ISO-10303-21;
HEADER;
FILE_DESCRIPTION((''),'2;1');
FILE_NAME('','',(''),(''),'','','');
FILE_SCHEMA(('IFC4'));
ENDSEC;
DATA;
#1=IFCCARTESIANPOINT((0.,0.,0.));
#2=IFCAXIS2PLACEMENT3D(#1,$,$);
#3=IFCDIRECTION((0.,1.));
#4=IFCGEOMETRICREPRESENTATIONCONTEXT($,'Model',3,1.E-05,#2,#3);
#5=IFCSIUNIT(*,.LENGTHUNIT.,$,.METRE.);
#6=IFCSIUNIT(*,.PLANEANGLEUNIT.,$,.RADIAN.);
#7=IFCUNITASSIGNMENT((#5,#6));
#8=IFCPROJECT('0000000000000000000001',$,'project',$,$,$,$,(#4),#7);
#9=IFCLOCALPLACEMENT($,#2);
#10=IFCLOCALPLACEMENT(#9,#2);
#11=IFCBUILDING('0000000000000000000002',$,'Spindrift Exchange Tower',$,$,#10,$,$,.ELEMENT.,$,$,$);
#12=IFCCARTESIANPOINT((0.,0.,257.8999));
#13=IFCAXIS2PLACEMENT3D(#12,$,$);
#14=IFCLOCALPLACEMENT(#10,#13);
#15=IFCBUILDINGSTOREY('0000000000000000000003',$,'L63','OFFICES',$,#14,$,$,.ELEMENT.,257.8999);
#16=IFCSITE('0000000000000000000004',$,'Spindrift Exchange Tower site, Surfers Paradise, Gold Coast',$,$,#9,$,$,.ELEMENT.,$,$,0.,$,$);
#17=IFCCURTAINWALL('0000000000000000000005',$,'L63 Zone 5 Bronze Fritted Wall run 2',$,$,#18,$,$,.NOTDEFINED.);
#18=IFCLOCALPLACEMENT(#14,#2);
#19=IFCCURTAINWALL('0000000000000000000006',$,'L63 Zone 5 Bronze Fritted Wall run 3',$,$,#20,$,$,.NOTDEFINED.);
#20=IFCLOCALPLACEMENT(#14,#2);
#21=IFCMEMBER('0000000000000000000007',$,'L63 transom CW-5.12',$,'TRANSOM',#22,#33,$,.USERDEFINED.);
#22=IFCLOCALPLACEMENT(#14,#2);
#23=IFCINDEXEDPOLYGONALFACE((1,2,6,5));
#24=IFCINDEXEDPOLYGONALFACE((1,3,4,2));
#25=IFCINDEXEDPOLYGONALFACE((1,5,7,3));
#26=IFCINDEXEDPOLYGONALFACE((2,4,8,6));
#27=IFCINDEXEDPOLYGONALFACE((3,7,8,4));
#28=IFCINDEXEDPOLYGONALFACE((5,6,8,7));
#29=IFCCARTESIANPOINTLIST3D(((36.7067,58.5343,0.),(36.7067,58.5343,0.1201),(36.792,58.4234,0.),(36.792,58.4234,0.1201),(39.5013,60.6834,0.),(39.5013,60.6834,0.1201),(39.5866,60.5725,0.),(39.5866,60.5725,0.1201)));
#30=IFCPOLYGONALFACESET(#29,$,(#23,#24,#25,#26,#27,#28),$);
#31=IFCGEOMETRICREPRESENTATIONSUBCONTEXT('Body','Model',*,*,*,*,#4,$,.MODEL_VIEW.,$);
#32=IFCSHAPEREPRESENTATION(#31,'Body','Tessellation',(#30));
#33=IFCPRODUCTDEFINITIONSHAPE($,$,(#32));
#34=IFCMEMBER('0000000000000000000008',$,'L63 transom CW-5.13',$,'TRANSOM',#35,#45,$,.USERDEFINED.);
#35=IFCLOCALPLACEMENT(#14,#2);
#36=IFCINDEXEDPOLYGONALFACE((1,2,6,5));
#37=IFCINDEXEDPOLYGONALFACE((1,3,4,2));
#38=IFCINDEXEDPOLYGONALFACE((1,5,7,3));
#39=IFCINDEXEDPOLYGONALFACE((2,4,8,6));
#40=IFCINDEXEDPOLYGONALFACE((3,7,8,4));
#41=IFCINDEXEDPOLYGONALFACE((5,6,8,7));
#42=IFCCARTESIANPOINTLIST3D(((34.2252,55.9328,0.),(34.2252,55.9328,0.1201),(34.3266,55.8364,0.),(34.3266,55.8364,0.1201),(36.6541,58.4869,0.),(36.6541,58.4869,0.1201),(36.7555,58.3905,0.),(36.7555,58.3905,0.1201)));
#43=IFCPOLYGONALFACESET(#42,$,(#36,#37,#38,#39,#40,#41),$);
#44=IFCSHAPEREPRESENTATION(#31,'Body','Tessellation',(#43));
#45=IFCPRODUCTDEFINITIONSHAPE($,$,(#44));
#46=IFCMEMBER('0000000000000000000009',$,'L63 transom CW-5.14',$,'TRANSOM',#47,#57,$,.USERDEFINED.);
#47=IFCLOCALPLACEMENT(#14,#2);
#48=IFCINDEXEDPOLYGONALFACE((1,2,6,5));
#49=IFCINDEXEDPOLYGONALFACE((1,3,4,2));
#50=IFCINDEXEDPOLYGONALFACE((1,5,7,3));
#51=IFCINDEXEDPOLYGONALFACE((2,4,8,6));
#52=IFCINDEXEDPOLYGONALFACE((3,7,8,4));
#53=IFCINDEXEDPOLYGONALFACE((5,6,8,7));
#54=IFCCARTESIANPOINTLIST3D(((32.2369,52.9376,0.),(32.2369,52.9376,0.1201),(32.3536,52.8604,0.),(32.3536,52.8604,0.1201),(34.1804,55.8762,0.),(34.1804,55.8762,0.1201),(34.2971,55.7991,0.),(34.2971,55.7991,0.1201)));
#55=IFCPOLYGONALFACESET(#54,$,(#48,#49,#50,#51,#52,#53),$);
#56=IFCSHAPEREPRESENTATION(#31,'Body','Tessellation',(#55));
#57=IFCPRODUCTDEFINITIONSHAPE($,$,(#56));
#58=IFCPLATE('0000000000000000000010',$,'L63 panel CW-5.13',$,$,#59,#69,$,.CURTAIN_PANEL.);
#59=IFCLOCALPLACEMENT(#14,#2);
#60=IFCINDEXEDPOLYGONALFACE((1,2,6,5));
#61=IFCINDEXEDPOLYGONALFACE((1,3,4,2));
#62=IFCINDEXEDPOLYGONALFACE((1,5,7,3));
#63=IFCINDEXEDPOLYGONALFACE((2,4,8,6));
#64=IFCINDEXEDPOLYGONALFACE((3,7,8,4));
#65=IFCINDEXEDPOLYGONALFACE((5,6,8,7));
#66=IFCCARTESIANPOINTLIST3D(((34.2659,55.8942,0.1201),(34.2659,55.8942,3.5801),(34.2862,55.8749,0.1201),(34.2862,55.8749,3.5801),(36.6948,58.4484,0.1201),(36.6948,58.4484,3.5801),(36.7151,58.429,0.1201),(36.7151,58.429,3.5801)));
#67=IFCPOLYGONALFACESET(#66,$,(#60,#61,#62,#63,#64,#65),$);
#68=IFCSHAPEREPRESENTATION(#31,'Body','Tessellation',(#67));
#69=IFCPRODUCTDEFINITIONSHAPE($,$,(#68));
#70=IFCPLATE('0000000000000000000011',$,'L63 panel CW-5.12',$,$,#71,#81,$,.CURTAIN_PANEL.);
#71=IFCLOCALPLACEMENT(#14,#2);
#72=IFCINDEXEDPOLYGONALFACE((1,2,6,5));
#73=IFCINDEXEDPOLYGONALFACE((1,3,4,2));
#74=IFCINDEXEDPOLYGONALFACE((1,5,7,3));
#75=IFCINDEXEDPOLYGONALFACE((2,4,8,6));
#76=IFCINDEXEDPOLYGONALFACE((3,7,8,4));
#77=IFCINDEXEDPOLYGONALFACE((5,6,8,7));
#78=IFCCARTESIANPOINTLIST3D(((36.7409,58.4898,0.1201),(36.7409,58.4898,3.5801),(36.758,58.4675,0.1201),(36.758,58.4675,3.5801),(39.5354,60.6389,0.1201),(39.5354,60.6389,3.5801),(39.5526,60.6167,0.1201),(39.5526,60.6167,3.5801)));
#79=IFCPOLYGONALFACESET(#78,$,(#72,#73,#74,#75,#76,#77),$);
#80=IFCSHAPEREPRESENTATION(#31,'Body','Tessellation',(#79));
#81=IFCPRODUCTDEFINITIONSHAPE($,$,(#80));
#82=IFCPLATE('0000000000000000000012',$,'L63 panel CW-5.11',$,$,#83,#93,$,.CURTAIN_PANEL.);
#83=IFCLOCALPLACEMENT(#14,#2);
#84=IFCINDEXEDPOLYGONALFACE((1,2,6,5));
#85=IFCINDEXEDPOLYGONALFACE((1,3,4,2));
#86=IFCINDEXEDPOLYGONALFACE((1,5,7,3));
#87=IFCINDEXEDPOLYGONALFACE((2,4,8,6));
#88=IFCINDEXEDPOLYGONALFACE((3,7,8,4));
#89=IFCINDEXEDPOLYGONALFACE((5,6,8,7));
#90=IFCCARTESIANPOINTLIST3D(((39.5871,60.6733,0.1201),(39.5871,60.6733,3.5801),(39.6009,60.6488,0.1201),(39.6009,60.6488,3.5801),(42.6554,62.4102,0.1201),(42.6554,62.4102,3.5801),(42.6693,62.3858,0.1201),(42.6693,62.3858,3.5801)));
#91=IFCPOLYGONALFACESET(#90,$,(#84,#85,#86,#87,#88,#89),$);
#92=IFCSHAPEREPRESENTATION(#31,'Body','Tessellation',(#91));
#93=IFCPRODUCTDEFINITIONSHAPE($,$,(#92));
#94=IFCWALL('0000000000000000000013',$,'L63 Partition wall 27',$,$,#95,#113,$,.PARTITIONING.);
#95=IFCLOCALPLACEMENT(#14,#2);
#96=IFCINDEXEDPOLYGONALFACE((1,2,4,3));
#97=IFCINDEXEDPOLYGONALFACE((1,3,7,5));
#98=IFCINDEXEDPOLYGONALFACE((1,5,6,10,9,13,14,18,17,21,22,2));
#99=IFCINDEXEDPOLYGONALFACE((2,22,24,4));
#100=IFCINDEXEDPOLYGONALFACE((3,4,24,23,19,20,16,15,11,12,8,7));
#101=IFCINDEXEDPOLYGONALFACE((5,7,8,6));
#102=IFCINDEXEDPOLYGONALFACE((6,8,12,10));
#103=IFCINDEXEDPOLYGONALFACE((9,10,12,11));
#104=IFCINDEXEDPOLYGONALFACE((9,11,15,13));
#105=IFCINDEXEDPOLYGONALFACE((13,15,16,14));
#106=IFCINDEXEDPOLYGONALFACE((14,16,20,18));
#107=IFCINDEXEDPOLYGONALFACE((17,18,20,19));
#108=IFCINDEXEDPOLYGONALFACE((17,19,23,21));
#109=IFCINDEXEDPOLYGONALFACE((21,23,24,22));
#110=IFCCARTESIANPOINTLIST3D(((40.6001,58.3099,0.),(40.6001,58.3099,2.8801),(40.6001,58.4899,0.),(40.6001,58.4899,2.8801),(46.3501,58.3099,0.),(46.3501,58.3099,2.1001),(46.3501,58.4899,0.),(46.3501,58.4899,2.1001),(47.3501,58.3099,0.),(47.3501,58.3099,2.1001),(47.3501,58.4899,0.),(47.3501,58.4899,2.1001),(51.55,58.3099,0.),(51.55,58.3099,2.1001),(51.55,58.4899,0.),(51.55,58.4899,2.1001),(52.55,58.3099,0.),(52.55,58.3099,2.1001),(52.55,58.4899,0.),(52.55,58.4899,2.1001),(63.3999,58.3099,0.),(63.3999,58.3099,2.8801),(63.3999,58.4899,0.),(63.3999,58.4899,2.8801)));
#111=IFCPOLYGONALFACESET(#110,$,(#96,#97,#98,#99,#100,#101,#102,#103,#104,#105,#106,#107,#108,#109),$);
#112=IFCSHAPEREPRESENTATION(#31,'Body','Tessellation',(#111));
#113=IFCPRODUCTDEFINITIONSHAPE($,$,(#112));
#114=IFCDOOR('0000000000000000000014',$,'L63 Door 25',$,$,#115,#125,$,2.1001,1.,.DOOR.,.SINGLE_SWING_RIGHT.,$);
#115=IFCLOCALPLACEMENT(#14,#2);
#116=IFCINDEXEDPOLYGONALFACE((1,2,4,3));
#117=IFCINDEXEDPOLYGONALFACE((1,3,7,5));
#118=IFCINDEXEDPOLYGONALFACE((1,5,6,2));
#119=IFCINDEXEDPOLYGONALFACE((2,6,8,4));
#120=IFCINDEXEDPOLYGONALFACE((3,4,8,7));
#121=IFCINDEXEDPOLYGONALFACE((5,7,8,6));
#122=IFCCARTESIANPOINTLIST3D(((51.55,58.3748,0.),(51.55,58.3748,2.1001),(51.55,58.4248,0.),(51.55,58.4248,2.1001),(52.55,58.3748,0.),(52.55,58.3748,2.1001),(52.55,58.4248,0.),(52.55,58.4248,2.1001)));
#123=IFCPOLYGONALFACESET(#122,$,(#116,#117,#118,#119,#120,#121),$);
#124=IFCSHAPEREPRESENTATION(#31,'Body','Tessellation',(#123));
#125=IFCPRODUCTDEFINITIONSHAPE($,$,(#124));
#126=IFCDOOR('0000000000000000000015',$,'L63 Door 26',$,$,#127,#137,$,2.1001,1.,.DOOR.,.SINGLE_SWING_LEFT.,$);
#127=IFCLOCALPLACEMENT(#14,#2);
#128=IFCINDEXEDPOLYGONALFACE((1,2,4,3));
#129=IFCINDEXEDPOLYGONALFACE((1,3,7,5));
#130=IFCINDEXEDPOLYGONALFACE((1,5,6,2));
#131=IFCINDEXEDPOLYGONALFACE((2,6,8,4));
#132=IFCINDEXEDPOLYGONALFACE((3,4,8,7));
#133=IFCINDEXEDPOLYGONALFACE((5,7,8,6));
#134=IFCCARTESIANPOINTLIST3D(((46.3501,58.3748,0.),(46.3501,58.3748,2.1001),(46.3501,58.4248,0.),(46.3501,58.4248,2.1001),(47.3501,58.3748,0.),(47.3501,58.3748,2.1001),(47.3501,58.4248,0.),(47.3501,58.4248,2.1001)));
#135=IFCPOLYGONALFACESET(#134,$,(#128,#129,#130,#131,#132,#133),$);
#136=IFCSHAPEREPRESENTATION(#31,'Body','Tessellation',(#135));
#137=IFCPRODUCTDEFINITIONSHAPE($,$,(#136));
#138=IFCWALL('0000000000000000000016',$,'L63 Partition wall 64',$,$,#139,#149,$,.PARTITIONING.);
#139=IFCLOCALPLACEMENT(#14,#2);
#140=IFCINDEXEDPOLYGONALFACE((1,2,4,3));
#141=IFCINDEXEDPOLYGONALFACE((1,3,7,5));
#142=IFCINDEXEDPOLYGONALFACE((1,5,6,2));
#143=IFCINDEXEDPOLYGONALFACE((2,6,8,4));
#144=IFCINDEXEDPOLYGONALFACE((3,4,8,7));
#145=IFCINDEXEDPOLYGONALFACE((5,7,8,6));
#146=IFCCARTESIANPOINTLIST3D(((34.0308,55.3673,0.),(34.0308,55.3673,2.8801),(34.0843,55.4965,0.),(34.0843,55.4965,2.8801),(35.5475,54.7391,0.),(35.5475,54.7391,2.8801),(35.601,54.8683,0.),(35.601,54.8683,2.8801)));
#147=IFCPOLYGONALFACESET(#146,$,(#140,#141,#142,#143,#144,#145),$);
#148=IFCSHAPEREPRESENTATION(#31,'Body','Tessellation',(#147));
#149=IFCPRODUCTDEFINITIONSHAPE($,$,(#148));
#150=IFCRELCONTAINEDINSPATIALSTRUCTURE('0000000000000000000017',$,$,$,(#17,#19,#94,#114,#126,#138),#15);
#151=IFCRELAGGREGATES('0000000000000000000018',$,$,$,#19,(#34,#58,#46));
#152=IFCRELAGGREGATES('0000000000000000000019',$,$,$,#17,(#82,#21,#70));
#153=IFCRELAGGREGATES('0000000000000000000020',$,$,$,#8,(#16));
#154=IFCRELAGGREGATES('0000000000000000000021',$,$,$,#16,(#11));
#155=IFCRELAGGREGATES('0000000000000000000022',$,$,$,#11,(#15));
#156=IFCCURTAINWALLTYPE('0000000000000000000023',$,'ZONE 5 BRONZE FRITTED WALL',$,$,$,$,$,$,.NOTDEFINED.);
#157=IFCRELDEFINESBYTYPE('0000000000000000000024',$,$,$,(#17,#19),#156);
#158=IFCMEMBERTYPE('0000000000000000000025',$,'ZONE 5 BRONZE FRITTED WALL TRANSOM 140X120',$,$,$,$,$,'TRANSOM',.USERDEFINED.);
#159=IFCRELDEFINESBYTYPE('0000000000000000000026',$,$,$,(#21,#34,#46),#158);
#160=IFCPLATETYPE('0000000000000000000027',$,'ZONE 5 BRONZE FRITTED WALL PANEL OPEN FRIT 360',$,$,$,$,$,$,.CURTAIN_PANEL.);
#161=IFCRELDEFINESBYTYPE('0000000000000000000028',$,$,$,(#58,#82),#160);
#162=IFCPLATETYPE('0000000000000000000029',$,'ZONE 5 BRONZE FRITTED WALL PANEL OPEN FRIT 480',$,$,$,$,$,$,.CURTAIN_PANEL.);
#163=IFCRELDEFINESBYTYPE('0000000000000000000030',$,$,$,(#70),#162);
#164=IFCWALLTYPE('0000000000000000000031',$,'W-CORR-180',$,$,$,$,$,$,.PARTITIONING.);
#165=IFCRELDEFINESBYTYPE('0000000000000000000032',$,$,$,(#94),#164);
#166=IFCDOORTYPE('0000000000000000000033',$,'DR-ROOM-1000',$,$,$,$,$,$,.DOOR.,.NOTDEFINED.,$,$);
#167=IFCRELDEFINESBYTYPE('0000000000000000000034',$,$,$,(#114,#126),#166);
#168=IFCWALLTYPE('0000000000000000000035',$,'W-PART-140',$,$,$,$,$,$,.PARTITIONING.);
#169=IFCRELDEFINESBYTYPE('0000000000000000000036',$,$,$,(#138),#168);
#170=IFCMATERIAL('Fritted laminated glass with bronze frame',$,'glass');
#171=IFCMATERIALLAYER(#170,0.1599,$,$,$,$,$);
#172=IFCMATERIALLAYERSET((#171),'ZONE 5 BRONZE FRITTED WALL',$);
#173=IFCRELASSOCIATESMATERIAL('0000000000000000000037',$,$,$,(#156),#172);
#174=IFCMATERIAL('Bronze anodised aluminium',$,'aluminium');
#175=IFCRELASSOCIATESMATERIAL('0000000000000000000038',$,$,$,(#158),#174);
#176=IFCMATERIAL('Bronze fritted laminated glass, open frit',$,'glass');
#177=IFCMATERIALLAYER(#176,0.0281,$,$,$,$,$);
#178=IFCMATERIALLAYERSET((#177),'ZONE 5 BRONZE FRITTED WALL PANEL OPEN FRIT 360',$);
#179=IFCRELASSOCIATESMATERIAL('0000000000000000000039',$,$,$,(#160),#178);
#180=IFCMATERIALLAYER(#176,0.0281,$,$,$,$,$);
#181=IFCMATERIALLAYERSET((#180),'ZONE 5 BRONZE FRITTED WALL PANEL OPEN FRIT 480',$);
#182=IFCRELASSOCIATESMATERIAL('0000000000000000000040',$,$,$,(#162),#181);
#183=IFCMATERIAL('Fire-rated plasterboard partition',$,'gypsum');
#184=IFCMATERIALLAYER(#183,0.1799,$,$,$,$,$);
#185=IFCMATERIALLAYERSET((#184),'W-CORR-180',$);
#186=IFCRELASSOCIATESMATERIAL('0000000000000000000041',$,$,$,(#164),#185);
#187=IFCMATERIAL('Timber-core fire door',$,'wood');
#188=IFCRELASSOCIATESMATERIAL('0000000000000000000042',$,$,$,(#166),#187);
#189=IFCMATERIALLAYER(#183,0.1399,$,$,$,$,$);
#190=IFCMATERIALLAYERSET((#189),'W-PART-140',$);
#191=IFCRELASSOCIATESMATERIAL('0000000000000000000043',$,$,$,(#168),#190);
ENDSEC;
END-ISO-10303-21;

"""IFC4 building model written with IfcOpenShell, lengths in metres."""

from ifc_helpers import new_model, si_unit, direction, frame, frame_2d, origin, origin_2d, place, context, subcontext, project, spatial, rectangle, extrude, source, transform, mapped, material, layer, layer_set, material_profile, profile_set, type_object, element, fill, aggregate, save


model = new_model("IFC4")

# Units and contexts
model_context = context("Model", 3, precision=1e-05, world=origin(), true_north=direction((0.0, 1.0)))
body_context = subcontext(model_context, "Body", "Model", "MODEL_VIEW")
ifc_project = project(units=[si_unit("LENGTHUNIT", "METRE"), si_unit("PLANEANGLEUNIT", "RADIAN")], contexts=[model_context])

# Site, building, storey
site_placement = place(None, origin())
site = spatial("IfcSite", under=ifc_project, at=site_placement, Name="Spindrift Exchange Tower site, Surfers Paradise, Gold Coast", CompositionType="ELEMENT", RefElevation=0.0)
building_placement = place(site_placement, origin())
building = spatial("IfcBuilding", under=site, at=building_placement, Name="Spindrift Exchange Tower", CompositionType="ELEMENT")
storey_placement = place(building_placement, frame((0.0, 0.0, 257.8999)))
storey = spatial("IfcBuildingStorey", under=building, at=storey_placement, Name="L63", Description="OFFICES", CompositionType="ELEMENT", Elevation=257.8999)

# Curtain wall
ifc_material_1 = material(Name="Fritted laminated glass with bronze frame", Category="glass")
ifc_layer_1 = layer(ifc_material_1, 0.1599)
ifc_layer_set_1 = layer_set([ifc_layer_1], Name="ZONE 5 BRONZE FRITTED WALL")
curtain_wall_type = type_object("IfcCurtainWallType", Name="ZONE 5 BRONZE FRITTED WALL", PredefinedType="NOTDEFINED", material=ifc_layer_set_1)
curtain_wall_1_placement = place(storey_placement, origin())
curtain_wall_1 = element("IfcCurtainWall", 1, at=curtain_wall_1_placement, inside=storey, type_object=curtain_wall_type, Name="L63 Zone 5 Bronze Fritted Wall run 2", PredefinedType="NOTDEFINED")
ifc_material_2 = material(Name="Bronze anodised aluminium", Category="aluminium")

# Curtain wall
curtain_wall_2_placement = place(storey_placement, origin())
curtain_wall_2 = element("IfcCurtainWall", 2, at=curtain_wall_2_placement, inside=storey, type_object=curtain_wall_type, Name="L63 Zone 5 Bronze Fritted Wall run 3", PredefinedType="NOTDEFINED")

# Members
ifc_material_profile_1 = material_profile(ifc_material_2, rectangle(XDim=0.1399, YDim=0.1201, at=origin_2d()), Name="ZONE 5 BRONZE FRITTED WALL TRANSOM 140X120")
ifc_profile_set_1 = profile_set([ifc_material_profile_1], Name="Bronze anodised aluminium")
member_type_1 = type_object("IfcMemberType", Name="ZONE 5 BRONZE FRITTED WALL TRANSOM 140X120", ElementType="TRANSOM", PredefinedType="USERDEFINED", material=ifc_profile_set_1)
shared_shape_1 = source(origin(), body_context, "Body", "SweptSolid", [
    extrude(rectangle(XDim=0.1399, YDim=0.1201, at=origin_2d()), origin(), (0.0, 0.0, 1.0), 3.5254),
])
member_1_placement = place(storey_placement, frame((39.5439, 60.6279, 0.0601), z_axis=(-0.792704, -0.609607, 0.0), x_axis=(0.609607, -0.792704, 0.0)))
member_1 = element("IfcMember", 3, at=member_1_placement, type_object=member_type_1, Name="L63 transom CW-5.12", ObjectType="TRANSOM", PredefinedType="USERDEFINED", context=body_context, shape_type="MappedRepresentation", body=[
    mapped(shared_shape_1, transform((0.0, 0.0, 0.0), scale=1.0)),
])
shared_shape_2 = source(origin(), body_context, "Body", "SweptSolid", [
    extrude(rectangle(XDim=0.1399, YDim=0.1201, at=origin_2d()), origin(), (0.0, 0.0, 1.0), 3.5247),
])
member_2_placement = place(storey_placement, frame((36.7048, 58.4387, 0.0601), z_axis=(-0.689117, -0.72465, 0.0), x_axis=(0.72465, -0.689117, 0.0)))
member_2 = element("IfcMember", 4, at=member_2_placement, type_object=member_type_1, Name="L63 transom CW-5.13", ObjectType="TRANSOM", PredefinedType="USERDEFINED", context=body_context, shape_type="MappedRepresentation", body=[
    mapped(shared_shape_2, transform((0.0, 0.0, 0.0), scale=1.0)),
])
shared_shape_3 = source(origin(), body_context, "Body", "SweptSolid", [
    extrude(rectangle(XDim=0.1399, YDim=0.1201, at=origin_2d()), origin(), (0.0, 0.0, 1.0), 3.5232),
])
member_3_placement = place(storey_placement, frame((34.2388, 55.8376, 0.0601), z_axis=(-0.551642, -0.834081, 0.0), x_axis=(0.834081, -0.551642, 0.0)))
member_3 = element("IfcMember", 5, at=member_3_placement, type_object=member_type_1, Name="L63 transom CW-5.14", ObjectType="TRANSOM", PredefinedType="USERDEFINED", context=body_context, shape_type="MappedRepresentation", body=[
    mapped(shared_shape_3, transform((0.0, 0.0, 0.0), scale=1.0)),
])

# Plates
ifc_material_3 = material(Name="Bronze fritted laminated glass, open frit", Category="glass")
ifc_layer_2 = layer(ifc_material_3, 0.0281)
ifc_layer_set_2 = layer_set([ifc_layer_2], Name="ZONE 5 BRONZE FRITTED WALL PANEL OPEN FRIT 360")
plate_type_1 = type_object("IfcPlateType", Name="ZONE 5 BRONZE FRITTED WALL PANEL OPEN FRIT 360", PredefinedType="CURTAIN_PANEL", material=ifc_layer_set_2)
shared_shape_4 = source(origin(), body_context, "Body", "SweptSolid", [
    extrude(rectangle(XDim=3.5247, YDim=0.0281, at=origin_2d()), origin(), (0.0, 0.0, 1.0), 3.46),
])
plate_1_placement = place(storey_placement, frame((35.4905, 57.1616, 0.1201), z_axis=(0.0, 0.0, 1.0), x_axis=(-0.689114, -0.724653, 0.0)))
plate_1 = element("IfcPlate", 6, at=plate_1_placement, type_object=plate_type_1, Name="L63 panel CW-5.13", PredefinedType="CURTAIN_PANEL", context=body_context, shape_type="MappedRepresentation", body=[
    mapped(shared_shape_4, transform((0.0, 0.0, 0.0), scale=1.0)),
])
aggregate(curtain_wall_2, [member_2, plate_1, member_3])
ifc_layer_3 = layer(ifc_material_3, 0.0281)
ifc_layer_set_3 = layer_set([ifc_layer_3], Name="ZONE 5 BRONZE FRITTED WALL PANEL OPEN FRIT 480")
plate_type_2 = type_object("IfcPlateType", Name="ZONE 5 BRONZE FRITTED WALL PANEL OPEN FRIT 480", PredefinedType="CURTAIN_PANEL", material=ifc_layer_set_3)
shared_shape_5 = source(origin(), body_context, "Body", "SweptSolid", [
    extrude(rectangle(XDim=3.5254, YDim=0.0281, at=origin_2d()), origin(), (0.0, 0.0, 1.0), 3.46),
])
plate_2_placement = place(storey_placement, frame((38.1467, 59.5532, 0.1201), z_axis=(0.0, 0.0, 1.0), x_axis=(-0.792692, -0.609622, 0.0)))
plate_2 = element("IfcPlate", 7, at=plate_2_placement, type_object=plate_type_2, Name="L63 panel CW-5.12", PredefinedType="CURTAIN_PANEL", context=body_context, shape_type="MappedRepresentation", body=[
    mapped(shared_shape_5, transform((0.0, 0.0, 0.0), scale=1.0)),
])
shared_shape_6 = source(origin(), body_context, "Body", "SweptSolid", [
    extrude(rectangle(XDim=3.5259, YDim=0.0281, at=origin_2d()), origin(), (0.0, 0.0, 1.0), 3.46),
])
plate_3_placement = place(storey_placement, frame((41.1282, 61.5295, 0.1201), z_axis=(0.0, 0.0, 1.0), x_axis=(-0.870237, -0.492633, 0.0)))
plate_3 = element("IfcPlate", 8, at=plate_3_placement, type_object=plate_type_1, Name="L63 panel CW-5.11", PredefinedType="CURTAIN_PANEL", context=body_context, shape_type="MappedRepresentation", body=[
    mapped(shared_shape_6, transform((0.0, 0.0, 0.0), scale=1.0)),
])
aggregate(curtain_wall_1, [plate_3, member_1, plate_2])

# Wall, openings, doors
ifc_material_4 = material(Name="Fire-rated plasterboard partition", Category="gypsum")
ifc_layer_4 = layer(ifc_material_4, 0.1799)
ifc_layer_set_4 = layer_set([ifc_layer_4], Name="W-CORR-180")
wall_type_1 = type_object("IfcWallType", Name="W-CORR-180", PredefinedType="PARTITIONING", material=ifc_layer_set_4)
wall_1_placement = place(storey_placement, frame((40.6001, 58.3999, 0.0), z_axis=(0.0, 0.0, 1.0), x_axis=(1.0, 0.0, 0.0)))
wall_1 = element("IfcWall", 9, at=wall_1_placement, inside=storey, type_object=wall_type_1, Name="L63 Partition wall 27", PredefinedType="PARTITIONING", context=body_context, shape_type="SweptSolid", body=[
    extrude(rectangle(XDim=22.7998, YDim=0.1799, at=frame_2d((11.3999, 0.0))), origin(), (0.0, 0.0, 1.0), 2.8801),
])
opening_1_placement = place(wall_1_placement, frame((10.95, 0.0, 0.0)))
opening_1 = element("IfcOpeningElement", 10, at=opening_1_placement, cuts=wall_1, PredefinedType="OPENING", context=body_context, shape_type="SweptSolid", body=[
    extrude(rectangle(XDim=1.0, YDim=2.1001, at=frame_2d((0.5, 1.05))), frame((0.0, 0.0999, 0.0), z_axis=(0.0, -1.0, 0.0), x_axis=(1.0, 0.0, 0.0)), (0.0, 0.0, 1.0), 0.2),
])
opening_2_placement = place(wall_1_placement, frame((5.75, 0.0, 0.0)))
opening_2 = element("IfcOpeningElement", 11, at=opening_2_placement, cuts=wall_1, PredefinedType="OPENING", context=body_context, shape_type="SweptSolid", body=[
    extrude(rectangle(XDim=1.0, YDim=2.1001, at=frame_2d((0.5, 1.05))), frame((0.0, 0.0999, 0.0), z_axis=(0.0, -1.0, 0.0), x_axis=(1.0, 0.0, 0.0)), (0.0, 0.0, 1.0), 0.2),
])
ifc_material_5 = material(Name="Timber-core fire door", Category="wood")
door_type_1 = type_object("IfcDoorType", Name="DR-ROOM-1000", OperationType="NOTDEFINED", PredefinedType="DOOR", material=ifc_material_5)
shared_shape_7 = source(origin(), body_context, "Body", "SweptSolid", [
    extrude(rectangle(XDim=1.0, YDim=2.1001, at=frame_2d((0.5, 1.05))), frame((0.0, 0.0249, 0.0), z_axis=(0.0, -1.0, 0.0), x_axis=(1.0, 0.0, 0.0)), (0.0, 0.0, 1.0), 0.05),
])
door_1_placement = place(opening_1_placement, origin())
door_1 = element("IfcDoor", 12, at=door_1_placement, inside=storey, type_object=door_type_1, Name="L63 Door 25", OperationType="SINGLE_SWING_RIGHT", OverallHeight=2.1001, OverallWidth=1.0, PredefinedType="DOOR", context=body_context, shape_type="MappedRepresentation", body=[
    mapped(shared_shape_7, transform((0.0, 0.0, 0.0), scale=1.0)),
])
fill(opening_1, door_1)
door_2_placement = place(opening_2_placement, origin())
door_2 = element("IfcDoor", 13, at=door_2_placement, inside=storey, type_object=door_type_1, Name="L63 Door 26", OperationType="SINGLE_SWING_LEFT", OverallHeight=2.1001, OverallWidth=1.0, PredefinedType="DOOR", context=body_context, shape_type="MappedRepresentation", body=[
    mapped(shared_shape_7, transform((0.0, 0.0, 0.0), scale=1.0)),
])
fill(opening_2, door_2)

# Wall
ifc_layer_5 = layer(ifc_material_4, 0.1399)
ifc_layer_set_5 = layer_set([ifc_layer_5], Name="W-PART-140")
wall_type_2 = type_object("IfcWallType", Name="W-PART-140", PredefinedType="PARTITIONING", material=ifc_layer_set_5)
wall_2_placement = place(storey_placement, frame((35.5742, 54.8037, 0.0), z_axis=(0.0, 0.0, 1.0), x_axis=(-0.923885, 0.382671, 0.0)))
element("IfcWall", 14, at=wall_2_placement, inside=storey, type_object=wall_type_2, Name="L63 Partition wall 64", PredefinedType="PARTITIONING", context=body_context, shape_type="SweptSolid", body=[
    extrude(rectangle(XDim=1.6416, YDim=0.1399, at=frame_2d((0.8208, 0.0))), origin(), (0.0, 0.0, 1.0), 2.8801),
])

save(model, "model.ifc")
